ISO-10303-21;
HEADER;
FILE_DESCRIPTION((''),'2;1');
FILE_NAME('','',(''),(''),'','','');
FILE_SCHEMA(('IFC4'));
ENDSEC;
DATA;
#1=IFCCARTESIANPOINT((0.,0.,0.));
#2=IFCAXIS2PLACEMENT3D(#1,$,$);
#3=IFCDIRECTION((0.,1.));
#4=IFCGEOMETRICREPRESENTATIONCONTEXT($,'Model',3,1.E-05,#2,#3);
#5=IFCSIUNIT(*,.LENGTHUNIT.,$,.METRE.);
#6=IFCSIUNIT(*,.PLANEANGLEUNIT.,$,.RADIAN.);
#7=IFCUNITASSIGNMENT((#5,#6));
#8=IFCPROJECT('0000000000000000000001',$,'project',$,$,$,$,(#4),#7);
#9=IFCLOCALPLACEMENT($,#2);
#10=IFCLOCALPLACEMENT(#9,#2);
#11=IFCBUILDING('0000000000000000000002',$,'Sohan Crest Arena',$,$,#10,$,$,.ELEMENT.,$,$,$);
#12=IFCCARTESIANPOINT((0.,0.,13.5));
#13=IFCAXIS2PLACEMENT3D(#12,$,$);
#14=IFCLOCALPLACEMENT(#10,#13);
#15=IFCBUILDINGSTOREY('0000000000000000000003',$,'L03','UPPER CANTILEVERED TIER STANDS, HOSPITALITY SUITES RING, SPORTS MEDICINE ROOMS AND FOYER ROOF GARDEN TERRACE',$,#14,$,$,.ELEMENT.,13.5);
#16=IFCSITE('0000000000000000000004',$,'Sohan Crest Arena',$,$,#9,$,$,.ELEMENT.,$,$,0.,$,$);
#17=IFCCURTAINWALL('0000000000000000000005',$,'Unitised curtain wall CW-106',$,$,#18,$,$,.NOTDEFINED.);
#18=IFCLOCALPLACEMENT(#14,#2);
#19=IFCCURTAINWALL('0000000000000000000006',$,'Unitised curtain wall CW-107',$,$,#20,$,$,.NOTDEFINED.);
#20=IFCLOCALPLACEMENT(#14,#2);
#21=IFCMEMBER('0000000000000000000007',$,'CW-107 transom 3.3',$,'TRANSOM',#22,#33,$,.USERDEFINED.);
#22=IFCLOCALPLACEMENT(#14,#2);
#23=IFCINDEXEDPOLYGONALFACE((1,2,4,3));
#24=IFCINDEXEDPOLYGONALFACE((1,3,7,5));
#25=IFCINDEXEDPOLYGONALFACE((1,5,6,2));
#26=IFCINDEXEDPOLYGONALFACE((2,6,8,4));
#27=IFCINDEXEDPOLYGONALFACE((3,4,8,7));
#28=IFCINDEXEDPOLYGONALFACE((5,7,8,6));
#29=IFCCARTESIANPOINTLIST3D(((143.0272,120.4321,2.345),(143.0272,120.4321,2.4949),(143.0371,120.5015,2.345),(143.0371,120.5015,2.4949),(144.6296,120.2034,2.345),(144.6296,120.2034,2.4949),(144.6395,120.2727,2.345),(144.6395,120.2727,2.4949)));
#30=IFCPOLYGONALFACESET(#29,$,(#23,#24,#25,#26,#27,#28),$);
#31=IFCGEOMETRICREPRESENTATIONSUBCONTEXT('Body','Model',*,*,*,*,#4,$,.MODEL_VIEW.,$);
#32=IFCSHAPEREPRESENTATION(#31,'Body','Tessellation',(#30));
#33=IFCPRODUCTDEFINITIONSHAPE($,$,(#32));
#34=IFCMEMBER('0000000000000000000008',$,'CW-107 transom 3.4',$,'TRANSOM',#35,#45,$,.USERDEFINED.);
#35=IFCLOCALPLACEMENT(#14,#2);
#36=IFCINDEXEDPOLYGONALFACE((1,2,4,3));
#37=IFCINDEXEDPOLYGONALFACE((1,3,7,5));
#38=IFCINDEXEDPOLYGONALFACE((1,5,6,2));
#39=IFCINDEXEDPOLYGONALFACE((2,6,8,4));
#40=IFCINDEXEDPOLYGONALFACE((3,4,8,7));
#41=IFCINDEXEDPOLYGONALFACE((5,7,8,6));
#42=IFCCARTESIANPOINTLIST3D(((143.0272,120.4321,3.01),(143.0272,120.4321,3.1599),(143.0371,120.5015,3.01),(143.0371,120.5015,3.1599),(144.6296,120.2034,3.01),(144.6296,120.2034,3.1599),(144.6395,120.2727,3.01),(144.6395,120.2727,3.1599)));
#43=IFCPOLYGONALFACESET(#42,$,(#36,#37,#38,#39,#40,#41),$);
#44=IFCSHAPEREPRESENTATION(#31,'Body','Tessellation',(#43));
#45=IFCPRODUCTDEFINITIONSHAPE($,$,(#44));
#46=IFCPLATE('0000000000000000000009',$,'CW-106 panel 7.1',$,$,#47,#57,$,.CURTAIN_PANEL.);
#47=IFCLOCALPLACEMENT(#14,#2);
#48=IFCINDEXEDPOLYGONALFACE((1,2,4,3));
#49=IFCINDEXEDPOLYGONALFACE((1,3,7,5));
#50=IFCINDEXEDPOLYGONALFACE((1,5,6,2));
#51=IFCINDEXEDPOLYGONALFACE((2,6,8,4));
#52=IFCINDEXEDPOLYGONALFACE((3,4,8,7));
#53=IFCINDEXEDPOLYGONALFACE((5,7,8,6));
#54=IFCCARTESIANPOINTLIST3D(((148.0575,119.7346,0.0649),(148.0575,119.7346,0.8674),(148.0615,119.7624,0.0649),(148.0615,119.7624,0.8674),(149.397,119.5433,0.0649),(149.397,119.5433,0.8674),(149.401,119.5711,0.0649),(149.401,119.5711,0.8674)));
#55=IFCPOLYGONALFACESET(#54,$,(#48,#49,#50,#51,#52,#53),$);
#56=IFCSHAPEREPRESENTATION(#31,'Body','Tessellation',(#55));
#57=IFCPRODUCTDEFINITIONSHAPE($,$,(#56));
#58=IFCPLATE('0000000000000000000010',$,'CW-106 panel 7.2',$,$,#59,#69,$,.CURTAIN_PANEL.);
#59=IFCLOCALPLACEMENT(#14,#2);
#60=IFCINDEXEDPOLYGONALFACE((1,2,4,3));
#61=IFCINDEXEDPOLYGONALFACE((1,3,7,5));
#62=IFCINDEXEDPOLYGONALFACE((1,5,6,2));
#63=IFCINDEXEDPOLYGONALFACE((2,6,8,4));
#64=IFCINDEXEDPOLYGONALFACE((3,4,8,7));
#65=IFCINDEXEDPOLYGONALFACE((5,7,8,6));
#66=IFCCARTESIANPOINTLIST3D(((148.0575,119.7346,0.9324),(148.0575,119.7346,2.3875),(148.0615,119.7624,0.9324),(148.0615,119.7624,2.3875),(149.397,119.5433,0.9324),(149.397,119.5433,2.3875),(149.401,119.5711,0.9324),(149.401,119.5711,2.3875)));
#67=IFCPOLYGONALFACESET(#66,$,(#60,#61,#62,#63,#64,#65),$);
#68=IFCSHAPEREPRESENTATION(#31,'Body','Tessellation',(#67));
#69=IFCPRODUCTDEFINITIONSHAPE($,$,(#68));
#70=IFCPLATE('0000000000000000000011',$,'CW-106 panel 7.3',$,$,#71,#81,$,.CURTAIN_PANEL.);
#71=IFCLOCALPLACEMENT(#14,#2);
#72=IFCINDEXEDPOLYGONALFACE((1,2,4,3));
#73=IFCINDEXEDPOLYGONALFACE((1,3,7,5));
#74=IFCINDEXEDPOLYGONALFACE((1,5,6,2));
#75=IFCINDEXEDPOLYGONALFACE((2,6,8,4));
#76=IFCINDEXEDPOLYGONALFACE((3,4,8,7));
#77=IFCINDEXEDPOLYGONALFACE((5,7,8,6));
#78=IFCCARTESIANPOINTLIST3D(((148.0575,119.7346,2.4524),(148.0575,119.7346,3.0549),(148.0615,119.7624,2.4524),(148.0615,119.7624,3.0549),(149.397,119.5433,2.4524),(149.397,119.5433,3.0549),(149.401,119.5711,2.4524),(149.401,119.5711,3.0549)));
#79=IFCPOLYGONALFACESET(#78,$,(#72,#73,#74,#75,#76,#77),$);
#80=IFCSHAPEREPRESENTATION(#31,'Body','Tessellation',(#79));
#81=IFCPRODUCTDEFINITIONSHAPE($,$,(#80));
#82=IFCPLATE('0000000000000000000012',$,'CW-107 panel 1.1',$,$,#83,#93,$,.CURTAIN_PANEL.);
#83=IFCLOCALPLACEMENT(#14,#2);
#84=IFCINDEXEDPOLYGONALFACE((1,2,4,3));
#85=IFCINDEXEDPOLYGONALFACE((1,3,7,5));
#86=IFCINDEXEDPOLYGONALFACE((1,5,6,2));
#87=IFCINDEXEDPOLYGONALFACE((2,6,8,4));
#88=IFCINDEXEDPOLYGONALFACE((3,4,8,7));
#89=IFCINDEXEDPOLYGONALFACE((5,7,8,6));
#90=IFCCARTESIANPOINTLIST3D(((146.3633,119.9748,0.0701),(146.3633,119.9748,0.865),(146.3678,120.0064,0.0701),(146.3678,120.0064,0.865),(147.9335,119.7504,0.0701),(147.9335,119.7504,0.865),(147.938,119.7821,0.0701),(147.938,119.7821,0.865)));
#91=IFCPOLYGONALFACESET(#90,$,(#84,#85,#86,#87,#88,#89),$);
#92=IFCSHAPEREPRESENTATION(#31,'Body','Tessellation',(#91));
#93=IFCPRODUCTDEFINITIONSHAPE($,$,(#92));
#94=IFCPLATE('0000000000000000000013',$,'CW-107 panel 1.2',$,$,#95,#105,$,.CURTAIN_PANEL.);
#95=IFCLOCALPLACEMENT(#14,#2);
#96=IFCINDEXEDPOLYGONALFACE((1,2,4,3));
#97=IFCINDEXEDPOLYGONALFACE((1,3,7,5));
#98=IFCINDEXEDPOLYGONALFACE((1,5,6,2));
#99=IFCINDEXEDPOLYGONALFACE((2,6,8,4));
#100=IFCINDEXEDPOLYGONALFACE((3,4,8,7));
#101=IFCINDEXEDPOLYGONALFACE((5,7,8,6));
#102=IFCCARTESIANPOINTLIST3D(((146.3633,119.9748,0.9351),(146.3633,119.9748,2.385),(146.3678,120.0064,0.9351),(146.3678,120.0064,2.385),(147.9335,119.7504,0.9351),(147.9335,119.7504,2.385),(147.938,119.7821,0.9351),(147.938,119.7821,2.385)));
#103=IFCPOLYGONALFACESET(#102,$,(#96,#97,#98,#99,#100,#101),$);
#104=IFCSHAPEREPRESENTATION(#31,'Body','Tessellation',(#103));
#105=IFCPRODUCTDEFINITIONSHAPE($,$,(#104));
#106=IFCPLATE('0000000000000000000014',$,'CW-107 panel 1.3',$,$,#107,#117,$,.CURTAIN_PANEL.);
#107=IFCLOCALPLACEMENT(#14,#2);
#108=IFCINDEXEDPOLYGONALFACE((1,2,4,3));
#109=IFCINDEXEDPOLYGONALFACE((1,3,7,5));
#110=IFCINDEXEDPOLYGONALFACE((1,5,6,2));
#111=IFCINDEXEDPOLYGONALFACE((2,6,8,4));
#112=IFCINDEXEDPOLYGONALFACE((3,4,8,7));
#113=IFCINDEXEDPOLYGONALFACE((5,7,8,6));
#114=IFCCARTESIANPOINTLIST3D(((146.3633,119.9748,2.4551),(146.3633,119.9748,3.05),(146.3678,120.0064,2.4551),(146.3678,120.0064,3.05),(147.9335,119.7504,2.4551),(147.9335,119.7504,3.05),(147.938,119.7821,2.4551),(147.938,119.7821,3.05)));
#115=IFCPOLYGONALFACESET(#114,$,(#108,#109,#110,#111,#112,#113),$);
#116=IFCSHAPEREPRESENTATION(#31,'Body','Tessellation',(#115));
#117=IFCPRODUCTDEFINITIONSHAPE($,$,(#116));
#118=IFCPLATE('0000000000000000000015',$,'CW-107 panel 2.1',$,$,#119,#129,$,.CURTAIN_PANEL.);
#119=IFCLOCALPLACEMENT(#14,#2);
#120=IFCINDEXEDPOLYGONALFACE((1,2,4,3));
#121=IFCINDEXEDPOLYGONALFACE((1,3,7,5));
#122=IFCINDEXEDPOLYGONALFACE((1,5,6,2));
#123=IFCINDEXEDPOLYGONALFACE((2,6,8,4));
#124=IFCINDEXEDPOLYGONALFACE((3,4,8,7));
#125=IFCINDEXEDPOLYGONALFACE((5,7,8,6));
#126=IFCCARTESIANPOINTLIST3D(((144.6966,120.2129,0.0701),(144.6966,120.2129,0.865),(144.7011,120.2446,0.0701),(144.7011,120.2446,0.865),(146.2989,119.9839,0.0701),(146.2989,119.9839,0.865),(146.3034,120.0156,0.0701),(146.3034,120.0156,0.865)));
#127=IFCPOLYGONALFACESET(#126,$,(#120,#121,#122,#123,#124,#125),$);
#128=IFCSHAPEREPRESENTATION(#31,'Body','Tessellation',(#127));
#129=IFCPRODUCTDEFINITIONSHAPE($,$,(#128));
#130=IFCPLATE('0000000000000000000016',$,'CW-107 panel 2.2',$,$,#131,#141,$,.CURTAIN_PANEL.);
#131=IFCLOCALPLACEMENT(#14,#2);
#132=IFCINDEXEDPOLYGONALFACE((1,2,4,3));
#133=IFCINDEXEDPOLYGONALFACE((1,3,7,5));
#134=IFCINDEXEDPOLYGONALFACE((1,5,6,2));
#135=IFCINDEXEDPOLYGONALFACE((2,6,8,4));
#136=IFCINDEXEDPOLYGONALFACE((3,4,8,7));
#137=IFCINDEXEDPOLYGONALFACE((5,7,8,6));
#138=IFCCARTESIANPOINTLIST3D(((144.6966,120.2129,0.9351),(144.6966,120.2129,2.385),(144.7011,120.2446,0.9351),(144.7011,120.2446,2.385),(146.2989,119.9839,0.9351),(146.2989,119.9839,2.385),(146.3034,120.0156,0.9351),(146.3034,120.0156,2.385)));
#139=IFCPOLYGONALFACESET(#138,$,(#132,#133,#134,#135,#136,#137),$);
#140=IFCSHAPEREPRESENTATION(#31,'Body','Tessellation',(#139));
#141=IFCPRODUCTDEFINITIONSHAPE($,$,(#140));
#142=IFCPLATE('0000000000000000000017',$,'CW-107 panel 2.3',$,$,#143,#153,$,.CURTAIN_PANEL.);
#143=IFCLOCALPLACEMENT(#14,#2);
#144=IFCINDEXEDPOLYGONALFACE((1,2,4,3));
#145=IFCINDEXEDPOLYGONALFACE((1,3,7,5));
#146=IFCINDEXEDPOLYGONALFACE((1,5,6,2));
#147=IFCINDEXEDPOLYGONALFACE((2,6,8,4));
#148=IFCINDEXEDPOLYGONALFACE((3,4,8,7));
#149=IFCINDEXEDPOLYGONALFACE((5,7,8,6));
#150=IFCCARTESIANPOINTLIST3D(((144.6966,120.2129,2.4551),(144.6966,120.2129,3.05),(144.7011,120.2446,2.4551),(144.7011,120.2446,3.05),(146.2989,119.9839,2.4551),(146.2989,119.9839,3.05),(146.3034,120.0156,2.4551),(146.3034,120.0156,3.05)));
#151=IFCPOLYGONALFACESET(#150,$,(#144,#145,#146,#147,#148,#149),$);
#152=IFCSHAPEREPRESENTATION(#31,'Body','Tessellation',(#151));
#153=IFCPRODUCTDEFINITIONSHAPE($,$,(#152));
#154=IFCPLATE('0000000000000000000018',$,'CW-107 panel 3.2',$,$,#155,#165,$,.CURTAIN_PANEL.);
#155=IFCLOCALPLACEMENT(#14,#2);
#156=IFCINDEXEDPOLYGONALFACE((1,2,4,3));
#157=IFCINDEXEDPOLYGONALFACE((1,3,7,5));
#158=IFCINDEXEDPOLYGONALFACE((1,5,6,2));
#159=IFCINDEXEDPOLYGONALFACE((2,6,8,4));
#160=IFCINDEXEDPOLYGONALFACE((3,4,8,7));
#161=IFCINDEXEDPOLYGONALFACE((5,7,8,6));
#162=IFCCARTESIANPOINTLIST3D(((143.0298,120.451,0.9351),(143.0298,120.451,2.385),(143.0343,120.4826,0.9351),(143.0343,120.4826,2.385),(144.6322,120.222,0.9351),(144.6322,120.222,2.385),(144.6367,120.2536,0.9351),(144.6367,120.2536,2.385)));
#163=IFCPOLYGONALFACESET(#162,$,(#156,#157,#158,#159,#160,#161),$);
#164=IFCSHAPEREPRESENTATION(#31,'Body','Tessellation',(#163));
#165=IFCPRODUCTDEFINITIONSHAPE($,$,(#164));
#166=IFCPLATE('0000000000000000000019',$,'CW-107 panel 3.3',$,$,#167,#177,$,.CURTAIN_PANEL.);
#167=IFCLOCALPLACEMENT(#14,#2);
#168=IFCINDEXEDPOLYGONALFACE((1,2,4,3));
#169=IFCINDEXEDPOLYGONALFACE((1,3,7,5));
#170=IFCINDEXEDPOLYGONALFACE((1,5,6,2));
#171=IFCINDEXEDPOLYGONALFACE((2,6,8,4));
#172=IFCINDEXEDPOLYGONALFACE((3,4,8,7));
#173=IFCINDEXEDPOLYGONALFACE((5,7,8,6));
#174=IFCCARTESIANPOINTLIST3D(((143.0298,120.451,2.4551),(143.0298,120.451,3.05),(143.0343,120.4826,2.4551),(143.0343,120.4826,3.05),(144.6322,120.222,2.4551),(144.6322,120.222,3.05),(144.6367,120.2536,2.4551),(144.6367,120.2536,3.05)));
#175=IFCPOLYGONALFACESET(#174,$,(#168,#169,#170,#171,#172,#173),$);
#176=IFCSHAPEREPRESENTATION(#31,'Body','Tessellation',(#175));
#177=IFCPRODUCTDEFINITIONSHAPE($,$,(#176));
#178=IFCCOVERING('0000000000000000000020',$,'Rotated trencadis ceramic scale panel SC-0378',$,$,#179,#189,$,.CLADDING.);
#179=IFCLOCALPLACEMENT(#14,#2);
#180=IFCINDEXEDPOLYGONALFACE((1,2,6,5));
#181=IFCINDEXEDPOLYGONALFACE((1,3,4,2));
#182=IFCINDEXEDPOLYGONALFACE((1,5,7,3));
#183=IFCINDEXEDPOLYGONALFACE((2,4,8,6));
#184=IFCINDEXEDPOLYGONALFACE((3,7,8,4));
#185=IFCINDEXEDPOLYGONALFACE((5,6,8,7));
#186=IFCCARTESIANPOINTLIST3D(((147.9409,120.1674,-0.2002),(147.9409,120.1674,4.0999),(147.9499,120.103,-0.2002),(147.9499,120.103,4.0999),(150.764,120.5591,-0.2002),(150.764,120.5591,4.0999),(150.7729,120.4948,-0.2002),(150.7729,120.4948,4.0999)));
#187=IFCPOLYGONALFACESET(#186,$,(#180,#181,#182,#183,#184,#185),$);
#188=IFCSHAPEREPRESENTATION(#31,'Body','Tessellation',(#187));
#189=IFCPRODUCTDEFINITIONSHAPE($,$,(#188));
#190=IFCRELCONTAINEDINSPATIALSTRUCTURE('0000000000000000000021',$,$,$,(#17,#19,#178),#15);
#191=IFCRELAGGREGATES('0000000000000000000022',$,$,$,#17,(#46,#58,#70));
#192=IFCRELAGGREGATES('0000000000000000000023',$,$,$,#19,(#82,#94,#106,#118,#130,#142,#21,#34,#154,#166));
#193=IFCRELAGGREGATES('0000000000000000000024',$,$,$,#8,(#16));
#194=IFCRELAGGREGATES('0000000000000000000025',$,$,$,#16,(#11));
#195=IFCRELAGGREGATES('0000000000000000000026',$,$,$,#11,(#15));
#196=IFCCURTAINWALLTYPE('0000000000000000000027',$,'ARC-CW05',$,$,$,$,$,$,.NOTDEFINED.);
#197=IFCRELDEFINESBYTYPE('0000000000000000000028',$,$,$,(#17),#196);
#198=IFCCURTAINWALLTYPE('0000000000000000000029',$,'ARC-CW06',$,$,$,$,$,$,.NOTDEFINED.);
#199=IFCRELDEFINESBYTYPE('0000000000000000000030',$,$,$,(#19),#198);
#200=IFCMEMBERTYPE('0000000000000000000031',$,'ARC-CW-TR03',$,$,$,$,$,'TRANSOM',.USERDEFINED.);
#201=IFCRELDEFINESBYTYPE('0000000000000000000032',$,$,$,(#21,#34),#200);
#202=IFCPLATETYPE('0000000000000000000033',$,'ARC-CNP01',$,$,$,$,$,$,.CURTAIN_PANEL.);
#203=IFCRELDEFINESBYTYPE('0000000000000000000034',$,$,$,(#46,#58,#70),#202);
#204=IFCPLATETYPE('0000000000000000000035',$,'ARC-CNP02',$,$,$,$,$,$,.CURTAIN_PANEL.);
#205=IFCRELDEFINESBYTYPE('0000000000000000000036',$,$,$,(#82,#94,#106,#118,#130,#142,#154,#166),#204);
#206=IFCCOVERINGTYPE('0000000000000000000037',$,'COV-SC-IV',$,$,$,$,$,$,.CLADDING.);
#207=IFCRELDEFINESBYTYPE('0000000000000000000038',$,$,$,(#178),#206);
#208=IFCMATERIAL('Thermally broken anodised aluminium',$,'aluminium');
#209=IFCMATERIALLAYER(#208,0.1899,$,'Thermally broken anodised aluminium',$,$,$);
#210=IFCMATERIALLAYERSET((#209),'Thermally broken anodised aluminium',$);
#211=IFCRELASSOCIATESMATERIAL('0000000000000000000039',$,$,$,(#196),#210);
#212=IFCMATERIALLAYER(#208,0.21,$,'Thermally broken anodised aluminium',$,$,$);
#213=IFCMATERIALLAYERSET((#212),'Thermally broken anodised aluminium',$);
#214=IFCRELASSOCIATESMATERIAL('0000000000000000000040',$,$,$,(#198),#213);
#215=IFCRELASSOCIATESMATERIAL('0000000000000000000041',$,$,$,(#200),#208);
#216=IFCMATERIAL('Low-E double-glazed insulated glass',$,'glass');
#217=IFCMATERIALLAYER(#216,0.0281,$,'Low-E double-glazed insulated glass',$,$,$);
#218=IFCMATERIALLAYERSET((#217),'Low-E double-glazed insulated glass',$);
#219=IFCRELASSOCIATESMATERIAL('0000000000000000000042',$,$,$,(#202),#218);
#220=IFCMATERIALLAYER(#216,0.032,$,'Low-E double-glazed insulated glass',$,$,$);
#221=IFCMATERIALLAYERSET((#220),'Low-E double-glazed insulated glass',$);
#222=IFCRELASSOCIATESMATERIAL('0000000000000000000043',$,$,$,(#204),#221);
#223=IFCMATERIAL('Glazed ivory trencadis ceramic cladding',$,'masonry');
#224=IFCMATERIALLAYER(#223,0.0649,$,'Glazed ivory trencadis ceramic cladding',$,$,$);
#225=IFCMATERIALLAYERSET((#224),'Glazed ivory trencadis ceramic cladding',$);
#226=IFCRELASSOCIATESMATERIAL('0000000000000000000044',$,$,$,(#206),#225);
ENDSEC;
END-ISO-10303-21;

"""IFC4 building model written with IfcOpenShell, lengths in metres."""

from ifc_helpers import new_model, si_unit, direction, frame, origin, origin_2d, place, context, subcontext, project, spatial, rectangle, extrude, material, layer, layer_set, material_profile, profile_set, type_object, element, aggregate, save


model = new_model("IFC4")

# Units and contexts
model_context = context("Model", 3, precision=1e-05, world=origin(), true_north=direction((0.0, 1.0)))
body_context = subcontext(model_context, "Body", "Model", "MODEL_VIEW")
ifc_project = project(units=[si_unit("LENGTHUNIT", "METRE"), si_unit("PLANEANGLEUNIT", "RADIAN")], contexts=[model_context])

# Site, building, storey
site_placement = place(None, origin())
site = spatial("IfcSite", under=ifc_project, at=site_placement, Name="Sohan Crest Arena", CompositionType="ELEMENT", RefElevation=0.0)
building_placement = place(site_placement, origin())
building = spatial("IfcBuilding", under=site, at=building_placement, Name="Sohan Crest Arena", CompositionType="ELEMENT")
storey_placement = place(building_placement, frame((0.0, 0.0, 13.5)))
storey = spatial("IfcBuildingStorey", under=building, at=storey_placement, Name="L03", Description="UPPER CANTILEVERED TIER STANDS, HOSPITALITY SUITES RING, SPORTS MEDICINE ROOMS AND FOYER ROOF GARDEN TERRACE", CompositionType="ELEMENT", Elevation=13.5)

# Curtain wall
ifc_material_1 = material(Name="Thermally broken anodised aluminium", Category="aluminium")
ifc_layer_1 = layer(ifc_material_1, 0.1899, Name="Thermally broken anodised aluminium")
ifc_layer_set_1 = layer_set([ifc_layer_1], Name="Thermally broken anodised aluminium")
curtain_wall_type_1 = type_object("IfcCurtainWallType", Name="ARC-CW05", PredefinedType="NOTDEFINED", material=ifc_layer_set_1)
curtain_wall_1_placement = place(storey_placement, origin())
curtain_wall_1 = element("IfcCurtainWall", 1, at=curtain_wall_1_placement, inside=storey, type_object=curtain_wall_type_1, Name="Unitised curtain wall CW-106", PredefinedType="NOTDEFINED")

# Curtain wall, members
ifc_layer_2 = layer(ifc_material_1, 0.21, Name="Thermally broken anodised aluminium")
ifc_layer_set_2 = layer_set([ifc_layer_2], Name="Thermally broken anodised aluminium")
curtain_wall_type_2 = type_object("IfcCurtainWallType", Name="ARC-CW06", PredefinedType="NOTDEFINED", material=ifc_layer_set_2)
curtain_wall_2_placement = place(storey_placement, origin())
curtain_wall_2 = element("IfcCurtainWall", 2, at=curtain_wall_2_placement, inside=storey, type_object=curtain_wall_type_2, Name="Unitised curtain wall CW-107", PredefinedType="NOTDEFINED")
ifc_material_profile_1 = material_profile(ifc_material_1, rectangle(XDim=0.0701, YDim=0.1499, at=origin_2d()), Name="ALU-TRAN 70x150")
ifc_profile_set_1 = profile_set([ifc_material_profile_1], Name="Thermally broken anodised aluminium")
member_type_1 = type_object("IfcMemberType", Name="ARC-CW-TR03", ElementType="TRANSOM", PredefinedType="USERDEFINED", material=ifc_profile_set_1)
member_1_placement = place(storey_placement, frame((144.6345, 120.238, 2.4199), z_axis=(-0.989962, 0.141337, 0.0), x_axis=(-0.141337, -0.989962, 0.0)))
member_1 = element("IfcMember", 3, at=member_1_placement, type_object=member_type_1, Name="CW-107 transom 3.3", ObjectType="TRANSOM", PredefinedType="USERDEFINED", context=body_context, shape_type="SweptSolid", body=[
    extrude(rectangle(XDim=0.0701, YDim=0.1499, at=origin_2d()), origin(), (0.0, 0.0, 1.0), 1.6187),
])
member_2_placement = place(storey_placement, frame((144.6345, 120.238, 3.085), z_axis=(-0.989962, 0.141337, 0.0), x_axis=(-0.141337, -0.989962, 0.0)))
member_2 = element("IfcMember", 4, at=member_2_placement, type_object=member_type_1, Name="CW-107 transom 3.4", ObjectType="TRANSOM", PredefinedType="USERDEFINED", context=body_context, shape_type="SweptSolid", body=[
    extrude(rectangle(XDim=0.0701, YDim=0.1499, at=origin_2d()), origin(), (0.0, 0.0, 1.0), 1.6187),
])

# Plates
ifc_material_2 = material(Name="Low-E double-glazed insulated glass", Category="glass")
ifc_layer_3 = layer(ifc_material_2, 0.0281, Name="Low-E double-glazed insulated glass")
ifc_layer_set_3 = layer_set([ifc_layer_3], Name="Low-E double-glazed insulated glass")
plate_type_1 = type_object("IfcPlateType", Name="ARC-CNP01", PredefinedType="CURTAIN_PANEL", material=ifc_layer_set_3)
plate_1_placement = place(storey_placement, frame((148.7292, 119.6528, 0.0649), z_axis=(0.0, 0.0, 1.0), x_axis=(-0.989957, 0.141366, 0.0)))
plate_1 = element("IfcPlate", 5, at=plate_1_placement, type_object=plate_type_1, Name="CW-106 panel 7.1", PredefinedType="CURTAIN_PANEL", context=body_context, shape_type="SweptSolid", body=[
    extrude(rectangle(XDim=1.353, YDim=0.0281, at=origin_2d()), origin(), (0.0, 0.0, 1.0), 0.8025),
])
plate_2_placement = place(storey_placement, frame((148.7292, 119.6528, 0.9324), z_axis=(0.0, 0.0, 1.0), x_axis=(-0.989957, 0.141366, 0.0)))
plate_2 = element("IfcPlate", 6, at=plate_2_placement, type_object=plate_type_1, Name="CW-106 panel 7.2", PredefinedType="CURTAIN_PANEL", context=body_context, shape_type="SweptSolid", body=[
    extrude(rectangle(XDim=1.353, YDim=0.0281, at=origin_2d()), origin(), (0.0, 0.0, 1.0), 1.4551),
])
plate_3_placement = place(storey_placement, frame((148.7292, 119.6528, 2.4524), z_axis=(0.0, 0.0, 1.0), x_axis=(-0.989957, 0.141366, 0.0)))
plate_3 = element("IfcPlate", 7, at=plate_3_placement, type_object=plate_type_1, Name="CW-106 panel 7.3", PredefinedType="CURTAIN_PANEL", context=body_context, shape_type="SweptSolid", body=[
    extrude(rectangle(XDim=1.353, YDim=0.0281, at=origin_2d()), origin(), (0.0, 0.0, 1.0), 0.6025),
])
aggregate(curtain_wall_1, [plate_1, plate_2, plate_3])
ifc_layer_4 = layer(ifc_material_2, 0.032, Name="Low-E double-glazed insulated glass")
ifc_layer_set_4 = layer_set([ifc_layer_4], Name="Low-E double-glazed insulated glass")
plate_type_2 = type_object("IfcPlateType", Name="ARC-CNP02", PredefinedType="CURTAIN_PANEL", material=ifc_layer_set_4)
plate_4_placement = place(storey_placement, frame((147.1506, 119.8784, 0.0701), z_axis=(0.0, 0.0, 1.0), x_axis=(-0.989944, 0.141463, 0.0)))
plate_4 = element("IfcPlate", 8, at=plate_4_placement, type_object=plate_type_2, Name="CW-107 panel 1.1", PredefinedType="CURTAIN_PANEL", context=body_context, shape_type="SweptSolid", body=[
    extrude(rectangle(XDim=1.5862, YDim=0.032, at=origin_2d()), origin(), (0.0, 0.0, 1.0), 0.7949),
])
plate_5_placement = place(storey_placement, frame((147.1506, 119.8784, 0.9351), z_axis=(0.0, 0.0, 1.0), x_axis=(-0.989944, 0.141463, 0.0)))
plate_5 = element("IfcPlate", 9, at=plate_5_placement, type_object=plate_type_2, Name="CW-107 panel 1.2", PredefinedType="CURTAIN_PANEL", context=body_context, shape_type="SweptSolid", body=[
    extrude(rectangle(XDim=1.5862, YDim=0.032, at=origin_2d()), origin(), (0.0, 0.0, 1.0), 1.45),
])
plate_6_placement = place(storey_placement, frame((147.1506, 119.8784, 2.4551), z_axis=(0.0, 0.0, 1.0), x_axis=(-0.989944, 0.141463, 0.0)))
plate_6 = element("IfcPlate", 10, at=plate_6_placement, type_object=plate_type_2, Name="CW-107 panel 1.3", PredefinedType="CURTAIN_PANEL", context=body_context, shape_type="SweptSolid", body=[
    extrude(rectangle(XDim=1.5862, YDim=0.032, at=origin_2d()), origin(), (0.0, 0.0, 1.0), 0.595),
])
plate_7_placement = place(storey_placement, frame((145.5, 120.1143, 0.0701), z_axis=(0.0, 0.0, 1.0), x_axis=(-0.989944, 0.141463, 0.0)))
plate_7 = element("IfcPlate", 11, at=plate_7_placement, type_object=plate_type_2, Name="CW-107 panel 2.1", PredefinedType="CURTAIN_PANEL", context=body_context, shape_type="SweptSolid", body=[
    extrude(rectangle(XDim=1.6187, YDim=0.032, at=origin_2d()), origin(), (0.0, 0.0, 1.0), 0.7949),
])
plate_8_placement = place(storey_placement, frame((145.5, 120.1143, 0.9351), z_axis=(0.0, 0.0, 1.0), x_axis=(-0.989944, 0.141463, 0.0)))
plate_8 = element("IfcPlate", 12, at=plate_8_placement, type_object=plate_type_2, Name="CW-107 panel 2.2", PredefinedType="CURTAIN_PANEL", context=body_context, shape_type="SweptSolid", body=[
    extrude(rectangle(XDim=1.6187, YDim=0.032, at=origin_2d()), origin(), (0.0, 0.0, 1.0), 1.45),
])
plate_9_placement = place(storey_placement, frame((145.5, 120.1143, 2.4551), z_axis=(0.0, 0.0, 1.0), x_axis=(-0.989944, 0.141463, 0.0)))
plate_9 = element("IfcPlate", 13, at=plate_9_placement, type_object=plate_type_2, Name="CW-107 panel 2.3", PredefinedType="CURTAIN_PANEL", context=body_context, shape_type="SweptSolid", body=[
    extrude(rectangle(XDim=1.6187, YDim=0.032, at=origin_2d()), origin(), (0.0, 0.0, 1.0), 0.595),
])
plate_10_placement = place(storey_placement, frame((143.8333, 120.3523, 0.9351), z_axis=(0.0, 0.0, 1.0), x_axis=(-0.989944, 0.141463, 0.0)))
plate_10 = element("IfcPlate", 14, at=plate_10_placement, type_object=plate_type_2, Name="CW-107 panel 3.2", PredefinedType="CURTAIN_PANEL", context=body_context, shape_type="SweptSolid", body=[
    extrude(rectangle(XDim=1.6187, YDim=0.032, at=origin_2d()), origin(), (0.0, 0.0, 1.0), 1.45),
])
plate_11_placement = place(storey_placement, frame((143.8333, 120.3523, 2.4551), z_axis=(0.0, 0.0, 1.0), x_axis=(-0.989944, 0.141463, 0.0)))
plate_11 = element("IfcPlate", 15, at=plate_11_placement, type_object=plate_type_2, Name="CW-107 panel 3.3", PredefinedType="CURTAIN_PANEL", context=body_context, shape_type="SweptSolid", body=[
    extrude(rectangle(XDim=1.6187, YDim=0.032, at=origin_2d()), origin(), (0.0, 0.0, 1.0), 0.595),
])
aggregate(curtain_wall_2, [plate_4, plate_5, plate_6, plate_7, plate_8, plate_9, member_1, member_2, plate_10, plate_11])

# Covering
ifc_material_3 = material(Name="Glazed ivory trencadis ceramic cladding", Category="masonry")
ifc_layer_5 = layer(ifc_material_3, 0.0649, Name="Glazed ivory trencadis ceramic cladding")
ifc_layer_set_5 = layer_set([ifc_layer_5], Name="Glazed ivory trencadis ceramic cladding")
covering_type_1 = type_object("IfcCoveringType", Name="COV-SC-IV", PredefinedType="CLADDING", material=ifc_layer_set_5)
for number, where, z_axis, x_axis, name in (
    (16, (149.3569, 120.3311, -0.2002), (0.0, 0.0, 1.0), (-0.990509, -0.137445, 0.0), "Rotated trencadis ceramic scale panel SC-0378"),
):
    element("IfcCovering", number, at=place(storey_placement, frame(where, z_axis=z_axis, x_axis=x_axis)), inside=storey, type_object=covering_type_1, Name=name, PredefinedType="CLADDING", context=body_context, shape_type="SweptSolid", body=[
        extrude(rectangle(XDim=2.8501, YDim=0.0649, at=origin_2d()), origin(), (0.0, 0.0, 1.0), 4.3),
    ])

save(model, "model.ifc")
